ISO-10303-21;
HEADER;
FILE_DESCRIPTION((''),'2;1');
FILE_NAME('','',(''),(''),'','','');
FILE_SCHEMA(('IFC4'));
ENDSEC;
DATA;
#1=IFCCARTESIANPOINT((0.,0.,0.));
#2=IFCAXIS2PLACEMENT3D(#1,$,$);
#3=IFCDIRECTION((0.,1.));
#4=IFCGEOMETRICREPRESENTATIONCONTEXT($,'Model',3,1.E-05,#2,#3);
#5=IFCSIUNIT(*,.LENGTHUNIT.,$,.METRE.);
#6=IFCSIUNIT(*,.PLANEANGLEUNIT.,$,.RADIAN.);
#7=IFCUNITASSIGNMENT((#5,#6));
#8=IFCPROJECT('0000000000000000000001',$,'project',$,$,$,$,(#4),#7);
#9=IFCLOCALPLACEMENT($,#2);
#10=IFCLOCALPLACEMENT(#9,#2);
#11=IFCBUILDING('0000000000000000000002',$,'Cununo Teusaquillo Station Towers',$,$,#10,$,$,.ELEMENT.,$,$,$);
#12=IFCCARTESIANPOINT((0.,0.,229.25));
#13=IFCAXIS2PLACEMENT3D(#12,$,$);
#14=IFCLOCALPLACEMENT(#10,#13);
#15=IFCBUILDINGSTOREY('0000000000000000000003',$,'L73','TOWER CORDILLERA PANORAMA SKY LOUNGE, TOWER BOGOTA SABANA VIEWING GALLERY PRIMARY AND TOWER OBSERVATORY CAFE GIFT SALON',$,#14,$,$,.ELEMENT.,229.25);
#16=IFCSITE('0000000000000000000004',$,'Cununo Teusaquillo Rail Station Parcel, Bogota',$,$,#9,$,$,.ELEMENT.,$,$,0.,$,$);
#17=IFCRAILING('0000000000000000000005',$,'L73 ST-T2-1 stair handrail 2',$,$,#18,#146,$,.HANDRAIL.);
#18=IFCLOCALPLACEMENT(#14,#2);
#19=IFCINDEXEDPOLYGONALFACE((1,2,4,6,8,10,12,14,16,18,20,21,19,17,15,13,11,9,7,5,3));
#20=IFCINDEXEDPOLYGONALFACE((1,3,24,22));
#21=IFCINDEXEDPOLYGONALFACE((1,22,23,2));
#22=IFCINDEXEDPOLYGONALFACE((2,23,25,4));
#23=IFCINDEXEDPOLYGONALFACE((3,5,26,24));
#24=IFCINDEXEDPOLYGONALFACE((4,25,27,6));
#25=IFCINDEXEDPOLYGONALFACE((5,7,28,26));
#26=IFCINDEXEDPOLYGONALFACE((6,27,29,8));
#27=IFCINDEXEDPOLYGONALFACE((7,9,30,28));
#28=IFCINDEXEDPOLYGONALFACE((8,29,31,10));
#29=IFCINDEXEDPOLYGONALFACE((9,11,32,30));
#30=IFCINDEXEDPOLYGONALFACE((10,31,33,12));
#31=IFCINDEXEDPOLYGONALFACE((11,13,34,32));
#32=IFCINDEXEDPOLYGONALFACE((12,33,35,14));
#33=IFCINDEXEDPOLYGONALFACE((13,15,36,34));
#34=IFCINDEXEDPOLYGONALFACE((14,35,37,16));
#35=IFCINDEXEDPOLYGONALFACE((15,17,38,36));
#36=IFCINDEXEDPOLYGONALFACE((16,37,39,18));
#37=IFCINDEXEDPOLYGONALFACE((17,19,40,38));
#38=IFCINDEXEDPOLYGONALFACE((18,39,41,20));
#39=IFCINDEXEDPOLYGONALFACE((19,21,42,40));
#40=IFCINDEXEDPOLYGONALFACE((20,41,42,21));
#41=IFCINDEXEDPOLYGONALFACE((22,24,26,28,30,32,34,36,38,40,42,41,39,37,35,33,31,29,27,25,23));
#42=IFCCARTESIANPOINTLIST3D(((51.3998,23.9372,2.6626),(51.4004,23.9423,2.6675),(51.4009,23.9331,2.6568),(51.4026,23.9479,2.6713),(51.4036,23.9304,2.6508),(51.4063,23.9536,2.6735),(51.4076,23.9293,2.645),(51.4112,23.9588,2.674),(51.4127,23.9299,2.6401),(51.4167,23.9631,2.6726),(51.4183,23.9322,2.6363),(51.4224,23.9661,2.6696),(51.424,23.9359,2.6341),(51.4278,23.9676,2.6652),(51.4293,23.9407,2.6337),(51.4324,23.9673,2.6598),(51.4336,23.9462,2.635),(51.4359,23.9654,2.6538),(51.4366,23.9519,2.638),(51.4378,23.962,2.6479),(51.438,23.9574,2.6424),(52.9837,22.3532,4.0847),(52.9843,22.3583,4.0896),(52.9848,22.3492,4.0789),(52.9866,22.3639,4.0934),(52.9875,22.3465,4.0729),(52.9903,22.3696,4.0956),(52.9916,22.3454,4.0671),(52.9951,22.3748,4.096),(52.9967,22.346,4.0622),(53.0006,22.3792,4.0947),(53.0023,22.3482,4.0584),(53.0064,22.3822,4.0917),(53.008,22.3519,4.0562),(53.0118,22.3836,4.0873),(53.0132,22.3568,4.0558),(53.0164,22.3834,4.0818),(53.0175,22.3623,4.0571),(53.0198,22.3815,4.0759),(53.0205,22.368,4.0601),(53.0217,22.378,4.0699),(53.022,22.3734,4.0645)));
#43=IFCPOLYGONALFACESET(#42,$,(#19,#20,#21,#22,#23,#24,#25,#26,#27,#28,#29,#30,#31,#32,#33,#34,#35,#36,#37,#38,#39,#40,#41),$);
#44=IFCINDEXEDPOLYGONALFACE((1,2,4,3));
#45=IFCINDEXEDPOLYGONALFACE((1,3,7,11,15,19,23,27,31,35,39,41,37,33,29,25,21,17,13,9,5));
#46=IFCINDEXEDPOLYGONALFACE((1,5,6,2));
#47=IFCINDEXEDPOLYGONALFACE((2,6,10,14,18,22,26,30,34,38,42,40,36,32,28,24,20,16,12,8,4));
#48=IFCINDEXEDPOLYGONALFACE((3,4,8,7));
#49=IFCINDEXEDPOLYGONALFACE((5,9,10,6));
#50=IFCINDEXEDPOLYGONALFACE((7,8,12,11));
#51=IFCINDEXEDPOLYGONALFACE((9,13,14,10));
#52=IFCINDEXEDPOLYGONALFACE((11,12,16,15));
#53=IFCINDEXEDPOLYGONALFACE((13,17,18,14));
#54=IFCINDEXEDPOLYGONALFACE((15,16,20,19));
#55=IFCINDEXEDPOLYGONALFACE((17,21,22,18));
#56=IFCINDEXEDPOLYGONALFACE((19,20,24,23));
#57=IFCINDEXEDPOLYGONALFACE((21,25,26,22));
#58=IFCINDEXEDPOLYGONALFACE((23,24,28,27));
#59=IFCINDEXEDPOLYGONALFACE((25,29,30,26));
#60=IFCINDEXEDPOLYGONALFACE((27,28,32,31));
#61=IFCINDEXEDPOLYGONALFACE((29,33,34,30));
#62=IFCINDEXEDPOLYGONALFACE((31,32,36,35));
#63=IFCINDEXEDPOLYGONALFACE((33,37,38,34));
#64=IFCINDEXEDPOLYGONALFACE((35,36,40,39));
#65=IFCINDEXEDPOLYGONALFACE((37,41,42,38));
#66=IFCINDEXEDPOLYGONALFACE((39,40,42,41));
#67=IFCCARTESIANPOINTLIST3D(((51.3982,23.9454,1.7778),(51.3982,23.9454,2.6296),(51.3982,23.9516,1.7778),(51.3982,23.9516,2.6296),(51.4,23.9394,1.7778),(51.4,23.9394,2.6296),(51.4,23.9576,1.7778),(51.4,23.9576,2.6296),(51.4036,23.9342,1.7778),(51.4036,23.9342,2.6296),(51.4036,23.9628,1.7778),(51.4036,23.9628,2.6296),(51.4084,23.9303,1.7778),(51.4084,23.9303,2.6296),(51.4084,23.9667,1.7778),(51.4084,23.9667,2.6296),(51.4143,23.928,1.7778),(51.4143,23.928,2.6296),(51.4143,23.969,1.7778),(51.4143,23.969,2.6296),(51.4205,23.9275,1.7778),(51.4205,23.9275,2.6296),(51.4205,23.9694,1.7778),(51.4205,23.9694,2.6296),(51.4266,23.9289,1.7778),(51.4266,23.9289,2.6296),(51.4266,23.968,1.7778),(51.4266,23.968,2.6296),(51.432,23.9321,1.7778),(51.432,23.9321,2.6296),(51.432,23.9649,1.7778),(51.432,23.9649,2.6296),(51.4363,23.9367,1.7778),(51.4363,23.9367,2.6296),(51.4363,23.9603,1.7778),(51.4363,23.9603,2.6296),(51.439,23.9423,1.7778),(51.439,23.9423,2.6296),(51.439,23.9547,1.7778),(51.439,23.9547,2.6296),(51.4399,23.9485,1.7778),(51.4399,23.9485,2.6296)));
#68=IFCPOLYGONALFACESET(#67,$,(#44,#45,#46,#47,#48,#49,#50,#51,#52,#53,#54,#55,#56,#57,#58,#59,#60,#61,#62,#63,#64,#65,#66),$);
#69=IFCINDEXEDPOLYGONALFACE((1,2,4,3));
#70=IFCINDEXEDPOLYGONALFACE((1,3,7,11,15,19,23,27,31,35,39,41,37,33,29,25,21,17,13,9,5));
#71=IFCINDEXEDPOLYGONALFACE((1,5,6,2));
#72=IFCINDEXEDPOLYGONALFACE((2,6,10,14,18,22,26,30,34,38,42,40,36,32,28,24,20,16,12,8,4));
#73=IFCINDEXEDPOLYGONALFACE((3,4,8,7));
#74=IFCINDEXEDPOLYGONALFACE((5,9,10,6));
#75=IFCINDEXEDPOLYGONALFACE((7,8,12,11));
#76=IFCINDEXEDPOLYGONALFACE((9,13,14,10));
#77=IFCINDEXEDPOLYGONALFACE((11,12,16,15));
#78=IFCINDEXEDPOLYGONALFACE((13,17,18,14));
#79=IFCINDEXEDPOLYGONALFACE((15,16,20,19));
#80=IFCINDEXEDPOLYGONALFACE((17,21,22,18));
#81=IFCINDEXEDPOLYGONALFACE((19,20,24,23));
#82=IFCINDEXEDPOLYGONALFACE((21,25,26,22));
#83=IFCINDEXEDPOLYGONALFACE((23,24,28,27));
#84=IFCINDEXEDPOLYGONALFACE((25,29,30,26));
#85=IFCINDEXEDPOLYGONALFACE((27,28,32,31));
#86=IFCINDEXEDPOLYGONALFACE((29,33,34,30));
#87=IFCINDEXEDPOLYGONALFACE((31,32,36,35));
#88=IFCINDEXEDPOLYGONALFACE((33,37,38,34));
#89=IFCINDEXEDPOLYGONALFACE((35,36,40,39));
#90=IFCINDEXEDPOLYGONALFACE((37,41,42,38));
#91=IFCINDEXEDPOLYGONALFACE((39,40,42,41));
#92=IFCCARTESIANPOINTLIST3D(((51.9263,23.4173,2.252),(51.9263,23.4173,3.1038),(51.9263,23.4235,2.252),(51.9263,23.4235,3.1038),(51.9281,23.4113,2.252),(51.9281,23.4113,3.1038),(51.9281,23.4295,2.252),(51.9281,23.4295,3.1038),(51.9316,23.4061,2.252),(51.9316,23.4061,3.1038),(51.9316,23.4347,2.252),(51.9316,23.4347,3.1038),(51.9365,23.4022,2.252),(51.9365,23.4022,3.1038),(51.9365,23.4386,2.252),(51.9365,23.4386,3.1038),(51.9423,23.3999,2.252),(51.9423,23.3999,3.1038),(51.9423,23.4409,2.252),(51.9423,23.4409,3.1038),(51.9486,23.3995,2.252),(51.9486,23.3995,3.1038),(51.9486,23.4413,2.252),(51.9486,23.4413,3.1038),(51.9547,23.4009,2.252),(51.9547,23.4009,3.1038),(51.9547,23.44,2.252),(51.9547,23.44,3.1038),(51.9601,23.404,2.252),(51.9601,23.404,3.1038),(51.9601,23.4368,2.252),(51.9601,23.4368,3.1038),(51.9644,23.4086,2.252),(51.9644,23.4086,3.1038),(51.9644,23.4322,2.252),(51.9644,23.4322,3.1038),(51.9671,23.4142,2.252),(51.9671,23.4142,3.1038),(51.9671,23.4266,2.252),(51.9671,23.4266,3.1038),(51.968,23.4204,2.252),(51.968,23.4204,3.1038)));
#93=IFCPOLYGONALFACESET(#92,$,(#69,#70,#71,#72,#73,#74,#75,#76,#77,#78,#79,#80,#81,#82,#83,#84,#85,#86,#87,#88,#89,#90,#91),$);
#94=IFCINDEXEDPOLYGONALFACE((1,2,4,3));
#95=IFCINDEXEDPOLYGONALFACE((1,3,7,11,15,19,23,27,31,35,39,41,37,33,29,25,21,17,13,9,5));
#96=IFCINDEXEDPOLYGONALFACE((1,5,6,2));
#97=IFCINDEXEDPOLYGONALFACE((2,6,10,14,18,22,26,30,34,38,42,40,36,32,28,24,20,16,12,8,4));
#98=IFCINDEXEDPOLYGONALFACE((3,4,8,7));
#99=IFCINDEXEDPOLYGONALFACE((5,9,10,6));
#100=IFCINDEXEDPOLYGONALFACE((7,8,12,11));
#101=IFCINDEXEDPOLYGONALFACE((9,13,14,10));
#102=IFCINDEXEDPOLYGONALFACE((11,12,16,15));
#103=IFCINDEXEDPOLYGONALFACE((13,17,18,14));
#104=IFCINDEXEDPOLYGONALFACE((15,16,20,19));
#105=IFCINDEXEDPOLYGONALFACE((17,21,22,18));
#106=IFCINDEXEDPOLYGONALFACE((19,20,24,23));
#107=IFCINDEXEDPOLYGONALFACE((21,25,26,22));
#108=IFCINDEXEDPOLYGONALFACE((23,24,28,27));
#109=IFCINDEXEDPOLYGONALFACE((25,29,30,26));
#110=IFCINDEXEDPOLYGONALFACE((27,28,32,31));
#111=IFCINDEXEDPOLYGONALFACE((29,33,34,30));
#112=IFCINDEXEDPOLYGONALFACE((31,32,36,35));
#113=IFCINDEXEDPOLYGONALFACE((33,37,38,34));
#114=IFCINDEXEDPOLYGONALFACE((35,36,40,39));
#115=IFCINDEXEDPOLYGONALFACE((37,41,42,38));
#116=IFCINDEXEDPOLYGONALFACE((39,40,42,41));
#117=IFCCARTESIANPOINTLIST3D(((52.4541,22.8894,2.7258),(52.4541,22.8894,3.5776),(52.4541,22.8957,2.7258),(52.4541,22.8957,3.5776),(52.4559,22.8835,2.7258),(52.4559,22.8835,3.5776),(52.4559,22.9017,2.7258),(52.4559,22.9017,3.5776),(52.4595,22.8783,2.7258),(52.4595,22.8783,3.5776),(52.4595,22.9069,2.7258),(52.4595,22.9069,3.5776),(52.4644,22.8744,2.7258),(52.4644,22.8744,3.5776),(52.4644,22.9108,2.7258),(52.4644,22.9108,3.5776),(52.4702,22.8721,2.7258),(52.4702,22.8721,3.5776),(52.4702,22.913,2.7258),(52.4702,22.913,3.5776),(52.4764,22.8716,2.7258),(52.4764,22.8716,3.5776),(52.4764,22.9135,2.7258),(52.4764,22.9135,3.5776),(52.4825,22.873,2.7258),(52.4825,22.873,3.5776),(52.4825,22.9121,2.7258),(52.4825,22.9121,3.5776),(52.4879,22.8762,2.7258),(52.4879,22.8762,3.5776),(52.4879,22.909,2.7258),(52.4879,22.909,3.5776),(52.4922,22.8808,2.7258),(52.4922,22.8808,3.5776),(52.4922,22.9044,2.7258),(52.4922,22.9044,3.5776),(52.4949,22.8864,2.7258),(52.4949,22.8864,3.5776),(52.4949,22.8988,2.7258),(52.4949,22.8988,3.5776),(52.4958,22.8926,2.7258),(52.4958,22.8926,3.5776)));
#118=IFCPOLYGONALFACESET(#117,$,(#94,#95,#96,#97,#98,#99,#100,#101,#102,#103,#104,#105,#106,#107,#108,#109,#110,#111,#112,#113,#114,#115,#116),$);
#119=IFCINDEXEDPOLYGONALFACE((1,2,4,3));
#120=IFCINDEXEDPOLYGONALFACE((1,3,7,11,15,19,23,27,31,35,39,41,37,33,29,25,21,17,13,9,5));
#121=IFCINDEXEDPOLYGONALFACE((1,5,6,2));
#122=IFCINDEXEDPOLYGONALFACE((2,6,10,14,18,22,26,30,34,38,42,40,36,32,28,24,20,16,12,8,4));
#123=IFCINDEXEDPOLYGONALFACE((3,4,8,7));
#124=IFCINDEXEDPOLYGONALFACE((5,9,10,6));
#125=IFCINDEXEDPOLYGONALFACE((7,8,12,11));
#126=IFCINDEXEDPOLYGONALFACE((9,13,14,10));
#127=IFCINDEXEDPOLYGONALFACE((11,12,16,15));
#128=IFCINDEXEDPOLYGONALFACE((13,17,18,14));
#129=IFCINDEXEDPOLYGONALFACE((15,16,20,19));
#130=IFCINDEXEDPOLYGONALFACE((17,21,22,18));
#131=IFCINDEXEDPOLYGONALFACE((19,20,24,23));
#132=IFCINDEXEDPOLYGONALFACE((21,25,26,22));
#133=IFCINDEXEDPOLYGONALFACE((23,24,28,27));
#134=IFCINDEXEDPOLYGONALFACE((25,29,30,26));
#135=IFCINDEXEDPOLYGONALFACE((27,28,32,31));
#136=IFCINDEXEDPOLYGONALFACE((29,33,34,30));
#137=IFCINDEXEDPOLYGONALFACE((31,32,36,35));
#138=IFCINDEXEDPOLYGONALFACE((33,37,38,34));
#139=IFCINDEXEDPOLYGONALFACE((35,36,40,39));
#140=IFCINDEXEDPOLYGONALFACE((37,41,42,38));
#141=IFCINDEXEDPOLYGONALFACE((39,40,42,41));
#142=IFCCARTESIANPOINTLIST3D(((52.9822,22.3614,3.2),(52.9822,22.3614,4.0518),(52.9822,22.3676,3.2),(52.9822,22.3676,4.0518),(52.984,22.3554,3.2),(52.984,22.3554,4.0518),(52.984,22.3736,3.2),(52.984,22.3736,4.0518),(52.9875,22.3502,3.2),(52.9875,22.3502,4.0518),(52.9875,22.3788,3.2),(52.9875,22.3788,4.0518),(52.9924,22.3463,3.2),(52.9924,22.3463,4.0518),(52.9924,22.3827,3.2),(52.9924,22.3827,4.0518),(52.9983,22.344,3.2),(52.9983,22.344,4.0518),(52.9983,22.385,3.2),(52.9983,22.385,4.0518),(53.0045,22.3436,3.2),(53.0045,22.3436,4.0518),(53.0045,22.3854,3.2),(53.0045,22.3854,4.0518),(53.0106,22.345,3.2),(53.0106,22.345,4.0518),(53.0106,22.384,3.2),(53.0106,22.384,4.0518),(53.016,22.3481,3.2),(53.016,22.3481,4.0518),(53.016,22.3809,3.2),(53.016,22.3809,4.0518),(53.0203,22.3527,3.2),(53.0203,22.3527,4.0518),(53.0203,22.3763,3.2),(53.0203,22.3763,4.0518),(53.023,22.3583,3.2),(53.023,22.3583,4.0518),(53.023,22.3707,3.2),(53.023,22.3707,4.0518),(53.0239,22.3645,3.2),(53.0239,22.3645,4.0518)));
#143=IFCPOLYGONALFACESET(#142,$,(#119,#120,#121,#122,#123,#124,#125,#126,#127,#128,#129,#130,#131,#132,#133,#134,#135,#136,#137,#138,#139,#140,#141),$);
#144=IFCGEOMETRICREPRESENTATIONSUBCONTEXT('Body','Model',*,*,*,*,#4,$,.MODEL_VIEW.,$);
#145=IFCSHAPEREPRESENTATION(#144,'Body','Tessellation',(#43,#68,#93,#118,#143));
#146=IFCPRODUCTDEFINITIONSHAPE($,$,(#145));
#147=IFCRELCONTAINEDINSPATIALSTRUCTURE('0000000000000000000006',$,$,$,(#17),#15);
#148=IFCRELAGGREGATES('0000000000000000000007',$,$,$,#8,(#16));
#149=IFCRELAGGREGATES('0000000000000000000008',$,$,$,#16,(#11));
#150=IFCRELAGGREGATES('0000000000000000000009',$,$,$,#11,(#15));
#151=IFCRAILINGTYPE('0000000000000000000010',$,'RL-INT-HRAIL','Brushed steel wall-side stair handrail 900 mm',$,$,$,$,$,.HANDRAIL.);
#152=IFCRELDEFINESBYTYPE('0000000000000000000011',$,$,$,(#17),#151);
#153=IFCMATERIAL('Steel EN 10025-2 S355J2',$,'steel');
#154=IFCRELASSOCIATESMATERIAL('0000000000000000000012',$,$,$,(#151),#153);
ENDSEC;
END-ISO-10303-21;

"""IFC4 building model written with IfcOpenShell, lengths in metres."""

from ifc_helpers import new_model, si_unit, direction, frame, origin, origin_2d, place, context, subcontext, project, spatial, circle, extrude, material, type_object, element, save


model = new_model("IFC4")

# Units and contexts
model_context = context("Model", 3, precision=1e-05, world=origin(), true_north=direction((0.0, 1.0)))
body_context = subcontext(model_context, "Body", "Model", "MODEL_VIEW")
ifc_project = project(units=[si_unit("LENGTHUNIT", "METRE"), si_unit("PLANEANGLEUNIT", "RADIAN")], contexts=[model_context])

# Site, building, storey
site_placement = place(None, origin())
site = spatial("IfcSite", under=ifc_project, at=site_placement, Name="Cununo Teusaquillo Rail Station Parcel, Bogota", CompositionType="ELEMENT", RefElevation=0.0)
building_placement = place(site_placement, origin())
building = spatial("IfcBuilding", under=site, at=building_placement, Name="Cununo Teusaquillo Station Towers", CompositionType="ELEMENT")
storey_placement = place(building_placement, frame((0.0, 0.0, 229.25)))
storey = spatial("IfcBuildingStorey", under=building, at=storey_placement, Name="L73", Description="TOWER CORDILLERA PANORAMA SKY LOUNGE, TOWER BOGOTA SABANA VIEWING GALLERY PRIMARY AND TOWER OBSERVATORY CAFE GIFT SALON", CompositionType="ELEMENT", Elevation=229.25)

# Railing
ifc_material_1 = material(Name="Steel EN 10025-2 S355J2", Category="steel")
railing_type = type_object("IfcRailingType", Name="RL-INT-HRAIL", Description="Brushed steel wall-side stair handrail 900 mm", PredefinedType="HANDRAIL", material=ifc_material_1)
railing_placement = place(storey_placement, frame((51.4189, 23.9485, 1.7778)))
element("IfcRailing", 1, at=railing_placement, inside=storey, type_object=railing_type, Name="L73 ST-T2-1 stair handrail 2", PredefinedType="HANDRAIL", context=body_context, shape_type="SweptSolid", body=[
    extrude(circle(Radius=0.0239, at=origin_2d()), frame((0.0, 0.0, 0.876), z_axis=(0.596968, -0.596968, 0.535965), x_axis=(0.707107, 0.707107, 0.0)), (0.0, 0.0, 1.0), 2.6533),
    extrude(circle(Radius=0.021, at=origin_2d()), origin(), (0.0, 0.0, 1.0), 0.8518),
    extrude(circle(Radius=0.021, at=origin_2d()), frame((0.5281, -0.5281, 0.4741)), (0.0, 0.0, 1.0), 0.8518),
    extrude(circle(Radius=0.021, at=origin_2d()), frame((1.0559, -1.0559, 0.948)), (0.0, 0.0, 1.0), 0.8518),
    extrude(circle(Radius=0.021, at=origin_2d()), frame((1.584, -1.584, 1.4221)), (0.0, 0.0, 1.0), 0.8518),
])

save(model, "model.ifc")
